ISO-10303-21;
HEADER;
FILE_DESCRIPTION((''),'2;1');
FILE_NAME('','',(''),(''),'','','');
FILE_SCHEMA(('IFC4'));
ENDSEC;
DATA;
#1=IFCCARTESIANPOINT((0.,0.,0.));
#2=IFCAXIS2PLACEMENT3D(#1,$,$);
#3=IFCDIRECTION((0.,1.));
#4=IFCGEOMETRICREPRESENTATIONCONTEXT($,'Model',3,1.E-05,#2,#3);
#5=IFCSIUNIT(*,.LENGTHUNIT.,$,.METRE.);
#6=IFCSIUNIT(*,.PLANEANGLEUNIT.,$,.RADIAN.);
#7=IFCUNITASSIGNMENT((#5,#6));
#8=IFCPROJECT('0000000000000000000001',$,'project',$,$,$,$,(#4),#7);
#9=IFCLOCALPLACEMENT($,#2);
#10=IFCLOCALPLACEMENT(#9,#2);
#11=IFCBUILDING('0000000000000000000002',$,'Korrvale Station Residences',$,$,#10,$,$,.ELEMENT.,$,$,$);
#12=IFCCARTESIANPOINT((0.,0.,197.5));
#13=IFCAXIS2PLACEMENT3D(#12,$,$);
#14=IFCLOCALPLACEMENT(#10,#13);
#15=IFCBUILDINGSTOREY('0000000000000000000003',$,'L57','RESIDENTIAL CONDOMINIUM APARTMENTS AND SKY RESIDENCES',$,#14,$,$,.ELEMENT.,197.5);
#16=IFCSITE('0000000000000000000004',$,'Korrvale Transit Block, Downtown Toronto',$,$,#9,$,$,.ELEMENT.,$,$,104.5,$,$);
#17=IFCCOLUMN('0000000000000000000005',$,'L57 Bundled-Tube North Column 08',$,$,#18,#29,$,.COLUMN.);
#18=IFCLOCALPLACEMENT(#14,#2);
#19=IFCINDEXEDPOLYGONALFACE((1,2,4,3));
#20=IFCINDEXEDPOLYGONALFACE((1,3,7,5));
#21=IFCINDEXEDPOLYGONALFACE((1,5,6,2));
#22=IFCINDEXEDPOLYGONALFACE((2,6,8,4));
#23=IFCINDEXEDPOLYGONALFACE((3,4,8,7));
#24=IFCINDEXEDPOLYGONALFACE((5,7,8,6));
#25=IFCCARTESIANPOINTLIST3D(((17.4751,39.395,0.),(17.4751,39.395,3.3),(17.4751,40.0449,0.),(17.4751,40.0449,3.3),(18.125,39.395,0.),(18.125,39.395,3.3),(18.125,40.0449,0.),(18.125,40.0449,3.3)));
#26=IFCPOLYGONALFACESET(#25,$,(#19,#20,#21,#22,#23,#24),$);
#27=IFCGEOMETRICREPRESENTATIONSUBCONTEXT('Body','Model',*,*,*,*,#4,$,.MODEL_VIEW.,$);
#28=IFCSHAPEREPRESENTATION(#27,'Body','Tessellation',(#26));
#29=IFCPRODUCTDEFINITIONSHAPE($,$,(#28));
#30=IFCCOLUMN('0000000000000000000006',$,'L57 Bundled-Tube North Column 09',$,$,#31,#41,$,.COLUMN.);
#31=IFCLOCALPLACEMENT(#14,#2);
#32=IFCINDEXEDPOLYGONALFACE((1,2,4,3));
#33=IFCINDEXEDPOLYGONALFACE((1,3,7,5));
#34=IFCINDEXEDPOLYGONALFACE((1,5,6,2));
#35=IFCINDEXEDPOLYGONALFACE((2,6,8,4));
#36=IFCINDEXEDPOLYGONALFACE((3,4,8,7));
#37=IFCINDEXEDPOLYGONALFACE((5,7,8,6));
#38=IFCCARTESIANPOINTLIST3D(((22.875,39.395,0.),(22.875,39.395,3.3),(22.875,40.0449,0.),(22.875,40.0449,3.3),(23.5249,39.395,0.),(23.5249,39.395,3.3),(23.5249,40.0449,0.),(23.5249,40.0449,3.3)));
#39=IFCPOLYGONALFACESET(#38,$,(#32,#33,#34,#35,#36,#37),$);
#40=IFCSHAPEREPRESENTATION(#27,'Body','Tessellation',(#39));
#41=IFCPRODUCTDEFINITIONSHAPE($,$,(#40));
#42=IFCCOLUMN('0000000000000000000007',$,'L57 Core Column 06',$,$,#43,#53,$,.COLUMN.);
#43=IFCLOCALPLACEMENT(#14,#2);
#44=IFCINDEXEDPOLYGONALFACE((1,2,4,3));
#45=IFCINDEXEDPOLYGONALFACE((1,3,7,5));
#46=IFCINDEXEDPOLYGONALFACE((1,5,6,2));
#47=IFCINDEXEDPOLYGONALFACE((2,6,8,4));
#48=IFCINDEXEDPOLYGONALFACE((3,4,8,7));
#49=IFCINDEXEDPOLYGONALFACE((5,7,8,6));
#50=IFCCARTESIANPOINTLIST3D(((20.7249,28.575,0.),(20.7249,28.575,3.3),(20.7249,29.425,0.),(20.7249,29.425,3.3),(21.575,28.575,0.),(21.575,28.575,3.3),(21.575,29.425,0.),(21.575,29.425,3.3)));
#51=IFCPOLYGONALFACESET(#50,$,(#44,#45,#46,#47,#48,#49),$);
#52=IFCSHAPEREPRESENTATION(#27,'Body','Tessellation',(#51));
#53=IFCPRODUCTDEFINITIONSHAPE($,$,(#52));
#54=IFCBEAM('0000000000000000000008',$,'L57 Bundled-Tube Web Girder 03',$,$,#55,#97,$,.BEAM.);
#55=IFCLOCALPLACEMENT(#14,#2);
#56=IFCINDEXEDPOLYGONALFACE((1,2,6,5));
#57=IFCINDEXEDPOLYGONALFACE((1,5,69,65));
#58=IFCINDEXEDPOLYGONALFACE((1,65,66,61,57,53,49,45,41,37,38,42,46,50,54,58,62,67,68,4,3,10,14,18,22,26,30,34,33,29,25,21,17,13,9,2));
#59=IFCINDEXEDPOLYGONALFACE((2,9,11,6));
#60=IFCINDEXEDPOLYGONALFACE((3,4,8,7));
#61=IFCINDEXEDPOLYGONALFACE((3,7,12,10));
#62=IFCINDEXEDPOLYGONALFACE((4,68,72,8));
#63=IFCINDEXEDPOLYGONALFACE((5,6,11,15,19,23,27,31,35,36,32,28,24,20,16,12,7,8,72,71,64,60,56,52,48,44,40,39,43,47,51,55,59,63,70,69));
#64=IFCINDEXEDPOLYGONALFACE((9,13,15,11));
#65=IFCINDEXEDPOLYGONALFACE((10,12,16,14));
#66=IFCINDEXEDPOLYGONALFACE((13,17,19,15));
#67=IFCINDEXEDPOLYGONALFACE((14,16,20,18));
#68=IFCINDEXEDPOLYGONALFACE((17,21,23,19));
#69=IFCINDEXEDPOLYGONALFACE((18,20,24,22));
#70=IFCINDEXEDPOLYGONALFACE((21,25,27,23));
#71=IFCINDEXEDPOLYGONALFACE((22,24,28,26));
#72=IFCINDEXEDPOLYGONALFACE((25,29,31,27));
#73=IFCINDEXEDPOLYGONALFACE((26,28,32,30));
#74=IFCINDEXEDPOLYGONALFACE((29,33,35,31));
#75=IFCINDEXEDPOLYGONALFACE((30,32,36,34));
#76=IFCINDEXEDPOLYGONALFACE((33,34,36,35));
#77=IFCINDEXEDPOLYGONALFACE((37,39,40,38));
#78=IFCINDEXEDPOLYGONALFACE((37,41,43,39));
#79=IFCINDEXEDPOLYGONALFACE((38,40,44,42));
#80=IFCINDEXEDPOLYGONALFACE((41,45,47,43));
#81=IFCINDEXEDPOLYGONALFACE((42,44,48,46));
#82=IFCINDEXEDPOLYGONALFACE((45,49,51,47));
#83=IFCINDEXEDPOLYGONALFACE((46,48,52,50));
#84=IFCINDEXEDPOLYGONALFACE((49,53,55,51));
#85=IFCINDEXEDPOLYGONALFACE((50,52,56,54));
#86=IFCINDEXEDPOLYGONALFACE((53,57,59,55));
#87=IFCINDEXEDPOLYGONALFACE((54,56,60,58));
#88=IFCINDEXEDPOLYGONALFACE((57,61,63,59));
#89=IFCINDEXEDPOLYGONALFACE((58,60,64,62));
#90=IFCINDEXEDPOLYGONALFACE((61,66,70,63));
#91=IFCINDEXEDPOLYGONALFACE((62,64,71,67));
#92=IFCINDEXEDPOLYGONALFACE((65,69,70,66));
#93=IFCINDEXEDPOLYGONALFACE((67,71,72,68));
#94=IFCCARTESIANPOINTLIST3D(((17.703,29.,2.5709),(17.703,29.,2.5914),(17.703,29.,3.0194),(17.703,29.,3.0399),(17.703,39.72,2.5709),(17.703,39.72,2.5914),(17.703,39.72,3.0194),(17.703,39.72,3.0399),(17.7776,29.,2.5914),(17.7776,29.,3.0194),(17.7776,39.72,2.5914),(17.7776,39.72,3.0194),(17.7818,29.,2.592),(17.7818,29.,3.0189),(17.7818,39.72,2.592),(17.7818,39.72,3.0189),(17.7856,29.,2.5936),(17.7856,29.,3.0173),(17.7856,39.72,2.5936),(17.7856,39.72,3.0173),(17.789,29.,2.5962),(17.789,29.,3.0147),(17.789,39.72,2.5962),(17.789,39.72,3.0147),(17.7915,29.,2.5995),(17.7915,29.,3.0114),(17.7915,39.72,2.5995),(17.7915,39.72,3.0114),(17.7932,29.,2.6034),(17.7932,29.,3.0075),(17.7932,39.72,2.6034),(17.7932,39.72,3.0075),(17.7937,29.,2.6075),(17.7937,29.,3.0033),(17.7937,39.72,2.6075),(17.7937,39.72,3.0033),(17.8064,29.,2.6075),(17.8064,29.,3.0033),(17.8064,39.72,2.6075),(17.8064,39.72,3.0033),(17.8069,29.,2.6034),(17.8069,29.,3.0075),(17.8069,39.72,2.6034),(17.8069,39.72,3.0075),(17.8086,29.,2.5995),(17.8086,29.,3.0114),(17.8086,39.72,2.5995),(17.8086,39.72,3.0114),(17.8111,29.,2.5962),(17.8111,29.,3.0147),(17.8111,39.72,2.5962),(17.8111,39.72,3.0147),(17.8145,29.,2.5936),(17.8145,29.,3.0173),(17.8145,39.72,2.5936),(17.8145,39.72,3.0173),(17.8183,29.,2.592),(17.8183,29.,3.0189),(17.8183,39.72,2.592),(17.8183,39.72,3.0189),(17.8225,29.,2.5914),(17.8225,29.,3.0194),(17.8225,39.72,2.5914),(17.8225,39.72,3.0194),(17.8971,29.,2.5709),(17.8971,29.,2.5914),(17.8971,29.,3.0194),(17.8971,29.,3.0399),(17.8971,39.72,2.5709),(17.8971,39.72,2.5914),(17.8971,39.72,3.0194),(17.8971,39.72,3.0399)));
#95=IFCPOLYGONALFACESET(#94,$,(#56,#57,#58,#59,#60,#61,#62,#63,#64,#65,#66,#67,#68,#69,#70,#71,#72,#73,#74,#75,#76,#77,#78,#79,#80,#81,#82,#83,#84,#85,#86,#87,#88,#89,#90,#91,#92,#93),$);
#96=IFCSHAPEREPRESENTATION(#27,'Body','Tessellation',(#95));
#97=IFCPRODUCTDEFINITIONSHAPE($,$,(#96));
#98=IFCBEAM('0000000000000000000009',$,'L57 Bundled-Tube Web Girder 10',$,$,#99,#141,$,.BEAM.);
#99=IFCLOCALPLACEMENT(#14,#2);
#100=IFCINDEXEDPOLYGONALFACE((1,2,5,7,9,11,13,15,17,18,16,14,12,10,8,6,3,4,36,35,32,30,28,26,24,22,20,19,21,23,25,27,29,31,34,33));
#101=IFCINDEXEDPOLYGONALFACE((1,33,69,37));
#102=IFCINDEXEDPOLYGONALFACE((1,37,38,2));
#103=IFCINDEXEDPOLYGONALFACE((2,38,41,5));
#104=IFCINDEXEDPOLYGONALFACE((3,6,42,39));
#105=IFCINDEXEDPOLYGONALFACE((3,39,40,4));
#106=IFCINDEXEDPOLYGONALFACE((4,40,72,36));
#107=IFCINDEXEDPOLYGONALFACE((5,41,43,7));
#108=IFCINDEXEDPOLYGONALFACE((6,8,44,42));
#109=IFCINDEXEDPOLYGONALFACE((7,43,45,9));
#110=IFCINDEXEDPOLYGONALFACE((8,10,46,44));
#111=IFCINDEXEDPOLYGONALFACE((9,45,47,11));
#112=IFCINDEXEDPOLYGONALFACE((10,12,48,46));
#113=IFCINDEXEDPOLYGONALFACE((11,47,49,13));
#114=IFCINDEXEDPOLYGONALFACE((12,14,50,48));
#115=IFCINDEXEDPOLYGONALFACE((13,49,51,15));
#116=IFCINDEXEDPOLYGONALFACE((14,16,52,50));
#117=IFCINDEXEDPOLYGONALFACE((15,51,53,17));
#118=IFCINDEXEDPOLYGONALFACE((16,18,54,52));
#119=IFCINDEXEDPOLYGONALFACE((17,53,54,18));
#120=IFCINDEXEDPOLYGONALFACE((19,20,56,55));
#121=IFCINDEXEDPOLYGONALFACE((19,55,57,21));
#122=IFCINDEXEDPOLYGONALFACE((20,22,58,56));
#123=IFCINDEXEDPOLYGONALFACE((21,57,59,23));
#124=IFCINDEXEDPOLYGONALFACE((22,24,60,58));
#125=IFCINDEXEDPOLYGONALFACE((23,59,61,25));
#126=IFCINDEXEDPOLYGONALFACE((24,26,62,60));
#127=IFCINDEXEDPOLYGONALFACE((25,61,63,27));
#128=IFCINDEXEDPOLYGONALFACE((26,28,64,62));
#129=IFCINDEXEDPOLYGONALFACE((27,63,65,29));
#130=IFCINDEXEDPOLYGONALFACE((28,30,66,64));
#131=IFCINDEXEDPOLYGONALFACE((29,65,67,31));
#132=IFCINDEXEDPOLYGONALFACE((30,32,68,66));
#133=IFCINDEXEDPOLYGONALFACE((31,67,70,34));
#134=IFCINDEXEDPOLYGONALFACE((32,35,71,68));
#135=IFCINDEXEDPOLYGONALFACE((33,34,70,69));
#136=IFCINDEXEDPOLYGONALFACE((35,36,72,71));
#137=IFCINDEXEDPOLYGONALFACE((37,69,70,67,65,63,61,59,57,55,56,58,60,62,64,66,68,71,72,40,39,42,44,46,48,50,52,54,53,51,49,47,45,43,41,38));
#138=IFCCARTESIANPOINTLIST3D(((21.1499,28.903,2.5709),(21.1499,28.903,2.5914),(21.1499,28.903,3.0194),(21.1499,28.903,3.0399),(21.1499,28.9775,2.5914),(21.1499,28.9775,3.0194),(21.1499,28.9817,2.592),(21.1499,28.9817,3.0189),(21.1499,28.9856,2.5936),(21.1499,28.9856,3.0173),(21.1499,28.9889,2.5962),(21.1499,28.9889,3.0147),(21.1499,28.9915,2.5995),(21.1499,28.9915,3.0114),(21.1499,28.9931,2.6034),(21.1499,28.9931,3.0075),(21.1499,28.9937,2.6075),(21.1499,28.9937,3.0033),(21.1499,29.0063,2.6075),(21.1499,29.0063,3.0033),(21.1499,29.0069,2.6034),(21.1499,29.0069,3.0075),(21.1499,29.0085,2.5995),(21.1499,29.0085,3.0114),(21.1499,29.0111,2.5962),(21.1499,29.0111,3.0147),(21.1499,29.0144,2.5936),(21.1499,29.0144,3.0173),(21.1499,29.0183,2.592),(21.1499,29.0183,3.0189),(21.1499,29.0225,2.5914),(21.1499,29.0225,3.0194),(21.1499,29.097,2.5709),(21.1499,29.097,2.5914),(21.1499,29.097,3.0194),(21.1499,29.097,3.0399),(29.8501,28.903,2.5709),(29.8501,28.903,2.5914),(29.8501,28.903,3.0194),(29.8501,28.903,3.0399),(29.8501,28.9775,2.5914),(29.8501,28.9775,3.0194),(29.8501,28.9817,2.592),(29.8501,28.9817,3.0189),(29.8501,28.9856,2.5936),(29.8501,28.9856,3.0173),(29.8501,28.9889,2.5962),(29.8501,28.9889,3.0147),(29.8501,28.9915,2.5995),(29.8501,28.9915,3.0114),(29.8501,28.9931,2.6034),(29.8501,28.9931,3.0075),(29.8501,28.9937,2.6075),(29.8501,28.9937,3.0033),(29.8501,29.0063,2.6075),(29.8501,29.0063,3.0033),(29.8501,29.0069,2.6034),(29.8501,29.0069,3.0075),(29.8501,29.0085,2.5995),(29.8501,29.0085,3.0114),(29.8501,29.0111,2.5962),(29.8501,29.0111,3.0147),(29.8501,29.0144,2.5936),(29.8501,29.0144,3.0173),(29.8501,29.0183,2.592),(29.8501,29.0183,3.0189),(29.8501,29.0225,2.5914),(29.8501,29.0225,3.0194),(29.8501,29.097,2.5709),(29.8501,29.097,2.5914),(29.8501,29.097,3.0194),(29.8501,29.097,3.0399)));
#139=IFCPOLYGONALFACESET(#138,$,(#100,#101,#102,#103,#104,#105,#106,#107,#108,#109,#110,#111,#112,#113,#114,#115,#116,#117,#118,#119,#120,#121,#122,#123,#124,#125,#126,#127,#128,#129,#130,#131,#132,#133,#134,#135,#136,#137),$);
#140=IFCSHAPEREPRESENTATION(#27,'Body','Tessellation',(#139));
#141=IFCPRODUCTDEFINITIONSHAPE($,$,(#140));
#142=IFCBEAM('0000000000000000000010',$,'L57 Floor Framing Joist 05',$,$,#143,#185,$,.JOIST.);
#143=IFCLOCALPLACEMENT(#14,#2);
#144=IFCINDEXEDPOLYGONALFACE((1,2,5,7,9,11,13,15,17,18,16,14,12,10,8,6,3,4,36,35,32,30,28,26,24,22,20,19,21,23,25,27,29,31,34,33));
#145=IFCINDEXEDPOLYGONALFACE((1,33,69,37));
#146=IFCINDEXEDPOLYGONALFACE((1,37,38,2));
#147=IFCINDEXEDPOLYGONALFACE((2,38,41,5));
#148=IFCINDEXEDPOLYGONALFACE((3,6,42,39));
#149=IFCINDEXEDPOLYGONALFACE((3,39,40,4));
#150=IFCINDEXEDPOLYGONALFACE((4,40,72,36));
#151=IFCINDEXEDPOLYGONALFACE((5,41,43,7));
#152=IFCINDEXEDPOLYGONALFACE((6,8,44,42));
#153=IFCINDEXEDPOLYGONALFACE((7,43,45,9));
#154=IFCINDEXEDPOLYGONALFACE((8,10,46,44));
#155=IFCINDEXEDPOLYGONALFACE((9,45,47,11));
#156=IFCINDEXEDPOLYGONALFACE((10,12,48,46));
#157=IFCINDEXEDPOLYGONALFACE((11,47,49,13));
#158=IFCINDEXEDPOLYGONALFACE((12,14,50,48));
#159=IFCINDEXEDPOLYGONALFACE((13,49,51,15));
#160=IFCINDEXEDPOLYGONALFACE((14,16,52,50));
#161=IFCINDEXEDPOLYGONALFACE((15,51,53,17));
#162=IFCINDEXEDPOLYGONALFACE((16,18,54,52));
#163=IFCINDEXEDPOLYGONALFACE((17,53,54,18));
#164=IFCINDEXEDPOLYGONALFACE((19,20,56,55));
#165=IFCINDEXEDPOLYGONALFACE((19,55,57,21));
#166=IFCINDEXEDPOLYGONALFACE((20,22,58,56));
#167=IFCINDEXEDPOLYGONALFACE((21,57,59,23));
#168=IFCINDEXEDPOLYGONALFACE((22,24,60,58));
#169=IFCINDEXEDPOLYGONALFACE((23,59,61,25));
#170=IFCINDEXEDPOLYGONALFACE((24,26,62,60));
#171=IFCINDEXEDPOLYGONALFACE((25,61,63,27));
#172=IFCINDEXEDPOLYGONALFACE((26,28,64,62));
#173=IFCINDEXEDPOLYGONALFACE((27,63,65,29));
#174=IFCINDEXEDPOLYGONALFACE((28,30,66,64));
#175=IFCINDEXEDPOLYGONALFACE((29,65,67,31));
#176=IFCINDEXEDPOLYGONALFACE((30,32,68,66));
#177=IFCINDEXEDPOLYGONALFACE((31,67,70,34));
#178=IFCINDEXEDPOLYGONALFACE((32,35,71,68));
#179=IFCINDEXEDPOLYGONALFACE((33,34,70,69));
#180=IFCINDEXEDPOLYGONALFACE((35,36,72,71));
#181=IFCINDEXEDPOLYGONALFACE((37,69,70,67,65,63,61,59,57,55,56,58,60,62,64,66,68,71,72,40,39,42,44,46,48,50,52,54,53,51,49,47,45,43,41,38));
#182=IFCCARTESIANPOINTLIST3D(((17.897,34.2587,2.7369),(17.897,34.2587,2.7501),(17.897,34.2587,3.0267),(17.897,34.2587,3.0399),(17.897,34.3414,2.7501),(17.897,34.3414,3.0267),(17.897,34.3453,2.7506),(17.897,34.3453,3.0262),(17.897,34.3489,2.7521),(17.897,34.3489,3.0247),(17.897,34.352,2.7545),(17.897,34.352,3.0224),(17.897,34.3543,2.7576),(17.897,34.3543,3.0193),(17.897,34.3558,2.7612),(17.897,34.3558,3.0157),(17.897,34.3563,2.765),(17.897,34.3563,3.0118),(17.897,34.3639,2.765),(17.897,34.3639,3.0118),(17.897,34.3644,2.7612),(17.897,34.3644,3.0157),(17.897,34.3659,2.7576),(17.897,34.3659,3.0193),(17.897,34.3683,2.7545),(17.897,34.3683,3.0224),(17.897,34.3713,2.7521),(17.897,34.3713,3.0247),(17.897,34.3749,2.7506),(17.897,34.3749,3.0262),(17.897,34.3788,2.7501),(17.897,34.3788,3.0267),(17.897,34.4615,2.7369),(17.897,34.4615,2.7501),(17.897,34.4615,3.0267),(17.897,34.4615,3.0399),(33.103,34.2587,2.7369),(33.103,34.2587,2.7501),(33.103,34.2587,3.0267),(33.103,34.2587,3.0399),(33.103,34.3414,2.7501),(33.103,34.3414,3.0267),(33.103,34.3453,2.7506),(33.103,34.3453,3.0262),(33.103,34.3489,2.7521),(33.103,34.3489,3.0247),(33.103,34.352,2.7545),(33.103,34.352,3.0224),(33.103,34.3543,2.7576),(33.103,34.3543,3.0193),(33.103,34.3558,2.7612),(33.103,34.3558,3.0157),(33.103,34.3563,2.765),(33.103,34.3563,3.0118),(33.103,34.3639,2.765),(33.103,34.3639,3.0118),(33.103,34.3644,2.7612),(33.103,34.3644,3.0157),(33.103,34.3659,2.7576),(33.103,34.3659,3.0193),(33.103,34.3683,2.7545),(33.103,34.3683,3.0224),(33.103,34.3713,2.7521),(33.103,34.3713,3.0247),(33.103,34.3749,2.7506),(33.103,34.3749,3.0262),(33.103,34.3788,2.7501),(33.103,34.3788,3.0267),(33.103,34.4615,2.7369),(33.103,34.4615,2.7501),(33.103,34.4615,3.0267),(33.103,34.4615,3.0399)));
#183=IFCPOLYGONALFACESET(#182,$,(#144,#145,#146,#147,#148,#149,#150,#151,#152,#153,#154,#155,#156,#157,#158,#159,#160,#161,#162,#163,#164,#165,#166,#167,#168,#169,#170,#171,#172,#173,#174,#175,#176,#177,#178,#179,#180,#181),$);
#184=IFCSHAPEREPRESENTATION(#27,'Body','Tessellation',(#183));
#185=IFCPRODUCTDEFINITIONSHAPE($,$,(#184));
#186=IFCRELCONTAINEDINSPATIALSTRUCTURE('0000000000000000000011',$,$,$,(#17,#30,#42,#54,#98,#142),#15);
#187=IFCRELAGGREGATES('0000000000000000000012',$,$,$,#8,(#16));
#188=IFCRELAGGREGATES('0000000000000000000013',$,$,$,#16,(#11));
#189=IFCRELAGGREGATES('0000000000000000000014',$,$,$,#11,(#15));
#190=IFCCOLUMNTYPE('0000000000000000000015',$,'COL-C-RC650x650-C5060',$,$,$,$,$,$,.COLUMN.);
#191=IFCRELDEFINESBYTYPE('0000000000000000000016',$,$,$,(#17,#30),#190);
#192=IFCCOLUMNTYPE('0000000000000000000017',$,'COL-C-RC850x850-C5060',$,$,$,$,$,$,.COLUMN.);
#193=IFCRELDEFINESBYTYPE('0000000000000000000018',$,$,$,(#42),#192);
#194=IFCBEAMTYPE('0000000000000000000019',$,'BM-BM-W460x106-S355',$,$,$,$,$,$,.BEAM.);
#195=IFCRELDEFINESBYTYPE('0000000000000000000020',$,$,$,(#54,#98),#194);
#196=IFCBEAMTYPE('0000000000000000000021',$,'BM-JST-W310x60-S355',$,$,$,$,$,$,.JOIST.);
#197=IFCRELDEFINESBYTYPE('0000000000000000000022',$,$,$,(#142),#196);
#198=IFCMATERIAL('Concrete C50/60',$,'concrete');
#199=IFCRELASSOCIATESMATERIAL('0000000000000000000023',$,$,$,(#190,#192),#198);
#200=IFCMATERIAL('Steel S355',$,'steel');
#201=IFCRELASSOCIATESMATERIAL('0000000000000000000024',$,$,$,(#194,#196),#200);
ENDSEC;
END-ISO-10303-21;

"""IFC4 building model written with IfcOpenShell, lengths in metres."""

from ifc_helpers import new_model, si_unit, direction, frame, origin, origin_2d, place, context, subcontext, project, spatial, rectangle, i_section, extrude, material, material_profile, profile_set, type_object, element, save


model = new_model("IFC4")

# Units and contexts
model_context = context("Model", 3, precision=1e-05, world=origin(), true_north=direction((0.0, 1.0)))
body_context = subcontext(model_context, "Body", "Model", "MODEL_VIEW")
ifc_project = project(units=[si_unit("LENGTHUNIT", "METRE"), si_unit("PLANEANGLEUNIT", "RADIAN")], contexts=[model_context])

# Site, building, storey
site_placement = place(None, origin())
site = spatial("IfcSite", under=ifc_project, at=site_placement, Name="Korrvale Transit Block, Downtown Toronto", CompositionType="ELEMENT", RefElevation=104.5)
building_placement = place(site_placement, origin())
building = spatial("IfcBuilding", under=site, at=building_placement, Name="Korrvale Station Residences", CompositionType="ELEMENT")
storey_placement = place(building_placement, frame((0.0, 0.0, 197.5)))
storey = spatial("IfcBuildingStorey", under=building, at=storey_placement, Name="L57", Description="RESIDENTIAL CONDOMINIUM APARTMENTS AND SKY RESIDENCES", CompositionType="ELEMENT", Elevation=197.5)

# Columns
ifc_material_1 = material(Name="Concrete C50/60", Category="concrete")
ifc_material_profile_1 = material_profile(ifc_material_1, rectangle(XDim=0.6499, YDim=0.6499, at=origin_2d()), Name="RC650x650")
ifc_profile_set_1 = profile_set([ifc_material_profile_1], Name="Concrete C50/60")
column_type_1 = type_object("IfcColumnType", Name="COL-C-RC650x650-C5060", PredefinedType="COLUMN", material=ifc_profile_set_1)
for number, where, z_axis, x_axis, name in (
    (1, (17.8, 39.72, 0.0), (0.0, 0.0, 1.0), (1.0, 0.0, 0.0), "L57 Bundled-Tube North Column 08"),
    (2, (23.2, 39.72, 0.0), (0.0, 0.0, 1.0), (1.0, 0.0, 0.0), "L57 Bundled-Tube North Column 09"),
):
    element("IfcColumn", number, at=place(storey_placement, frame(where, z_axis=z_axis, x_axis=x_axis)), inside=storey, type_object=column_type_1, Name=name, PredefinedType="COLUMN", context=body_context, shape_type="SweptSolid", body=[
        extrude(rectangle(XDim=0.6499, YDim=0.6499, at=origin_2d()), origin(), (0.0, 0.0, 1.0), 3.3),
    ])
ifc_material_profile_2 = material_profile(ifc_material_1, rectangle(XDim=0.8501, YDim=0.8501, at=origin_2d()), Name="RC850x850")
ifc_profile_set_2 = profile_set([ifc_material_profile_2], Name="Concrete C50/60")
column_type_2 = type_object("IfcColumnType", Name="COL-C-RC850x850-C5060", PredefinedType="COLUMN", material=ifc_profile_set_2)
column_placement = place(storey_placement, frame((21.1499, 29.0, 0.0), z_axis=(0.0, 0.0, 1.0), x_axis=(1.0, 0.0, 0.0)))
element("IfcColumn", 3, at=column_placement, inside=storey, type_object=column_type_2, Name="L57 Core Column 06", PredefinedType="COLUMN", context=body_context, shape_type="SweptSolid", body=[
    extrude(rectangle(XDim=0.8501, YDim=0.8501, at=origin_2d()), origin(), (0.0, 0.0, 1.0), 3.3),
])

# Beams
ifc_material_2 = material(Name="Steel S355", Category="steel")
ifc_material_profile_3 = material_profile(ifc_material_2, i_section(OverallWidth=0.1941, OverallDepth=0.469, WebThickness=0.0127, FlangeThickness=0.0205, FilletRadius=0.0161, at=origin_2d()), Name="W460x106")
ifc_profile_set_3 = profile_set([ifc_material_profile_3], Name="Steel S355")
beam_type_1 = type_object("IfcBeamType", Name="BM-BM-W460x106-S355", PredefinedType="BEAM", material=ifc_profile_set_3)
beam_1_placement = place(storey_placement, frame((17.8, 29.0, 2.8054), z_axis=(0.0, 1.0, 0.0), x_axis=(-1.0, 0.0, 0.0)))
element("IfcBeam", 4, at=beam_1_placement, inside=storey, type_object=beam_type_1, Name="L57 Bundled-Tube Web Girder 03", PredefinedType="BEAM", context=body_context, shape_type="SweptSolid", body=[
    extrude(i_section(OverallWidth=0.1941, OverallDepth=0.469, WebThickness=0.0127, FlangeThickness=0.0205, FilletRadius=0.0161, at=origin_2d()), origin(), (0.0, 0.0, 1.0), 10.72),
])
beam_2_placement = place(storey_placement, frame((21.1499, 29.0, 2.8054), z_axis=(1.0, 0.0, 0.0), x_axis=(0.0, 1.0, 0.0)))
element("IfcBeam", 5, at=beam_2_placement, inside=storey, type_object=beam_type_1, Name="L57 Bundled-Tube Web Girder 10", PredefinedType="BEAM", context=body_context, shape_type="SweptSolid", body=[
    extrude(i_section(OverallWidth=0.1941, OverallDepth=0.469, WebThickness=0.0127, FlangeThickness=0.0205, FilletRadius=0.0161, at=origin_2d()), origin(), (0.0, 0.0, 1.0), 8.7002),
])
ifc_material_profile_4 = material_profile(ifc_material_2, i_section(OverallWidth=0.2029, OverallDepth=0.303, WebThickness=0.0076, FlangeThickness=0.0132, FilletRadius=0.0149, at=origin_2d()), Name="W310x60")
ifc_profile_set_4 = profile_set([ifc_material_profile_4], Name="Steel S355")
beam_type_2 = type_object("IfcBeamType", Name="BM-JST-W310x60-S355", PredefinedType="JOIST", material=ifc_profile_set_4)
beam_3_placement = place(storey_placement, frame((17.897, 34.3601, 2.8884), z_axis=(1.0, 0.0, 0.0), x_axis=(0.0, 1.0, 0.0)))
element("IfcBeam", 6, at=beam_3_placement, inside=storey, type_object=beam_type_2, Name="L57 Floor Framing Joist 05", PredefinedType="JOIST", context=body_context, shape_type="SweptSolid", body=[
    extrude(i_section(OverallWidth=0.2029, OverallDepth=0.303, WebThickness=0.0076, FlangeThickness=0.0132, FilletRadius=0.0149, at=origin_2d()), origin(), (0.0, 0.0, 1.0), 15.2061),
])

save(model, "model.ifc")
